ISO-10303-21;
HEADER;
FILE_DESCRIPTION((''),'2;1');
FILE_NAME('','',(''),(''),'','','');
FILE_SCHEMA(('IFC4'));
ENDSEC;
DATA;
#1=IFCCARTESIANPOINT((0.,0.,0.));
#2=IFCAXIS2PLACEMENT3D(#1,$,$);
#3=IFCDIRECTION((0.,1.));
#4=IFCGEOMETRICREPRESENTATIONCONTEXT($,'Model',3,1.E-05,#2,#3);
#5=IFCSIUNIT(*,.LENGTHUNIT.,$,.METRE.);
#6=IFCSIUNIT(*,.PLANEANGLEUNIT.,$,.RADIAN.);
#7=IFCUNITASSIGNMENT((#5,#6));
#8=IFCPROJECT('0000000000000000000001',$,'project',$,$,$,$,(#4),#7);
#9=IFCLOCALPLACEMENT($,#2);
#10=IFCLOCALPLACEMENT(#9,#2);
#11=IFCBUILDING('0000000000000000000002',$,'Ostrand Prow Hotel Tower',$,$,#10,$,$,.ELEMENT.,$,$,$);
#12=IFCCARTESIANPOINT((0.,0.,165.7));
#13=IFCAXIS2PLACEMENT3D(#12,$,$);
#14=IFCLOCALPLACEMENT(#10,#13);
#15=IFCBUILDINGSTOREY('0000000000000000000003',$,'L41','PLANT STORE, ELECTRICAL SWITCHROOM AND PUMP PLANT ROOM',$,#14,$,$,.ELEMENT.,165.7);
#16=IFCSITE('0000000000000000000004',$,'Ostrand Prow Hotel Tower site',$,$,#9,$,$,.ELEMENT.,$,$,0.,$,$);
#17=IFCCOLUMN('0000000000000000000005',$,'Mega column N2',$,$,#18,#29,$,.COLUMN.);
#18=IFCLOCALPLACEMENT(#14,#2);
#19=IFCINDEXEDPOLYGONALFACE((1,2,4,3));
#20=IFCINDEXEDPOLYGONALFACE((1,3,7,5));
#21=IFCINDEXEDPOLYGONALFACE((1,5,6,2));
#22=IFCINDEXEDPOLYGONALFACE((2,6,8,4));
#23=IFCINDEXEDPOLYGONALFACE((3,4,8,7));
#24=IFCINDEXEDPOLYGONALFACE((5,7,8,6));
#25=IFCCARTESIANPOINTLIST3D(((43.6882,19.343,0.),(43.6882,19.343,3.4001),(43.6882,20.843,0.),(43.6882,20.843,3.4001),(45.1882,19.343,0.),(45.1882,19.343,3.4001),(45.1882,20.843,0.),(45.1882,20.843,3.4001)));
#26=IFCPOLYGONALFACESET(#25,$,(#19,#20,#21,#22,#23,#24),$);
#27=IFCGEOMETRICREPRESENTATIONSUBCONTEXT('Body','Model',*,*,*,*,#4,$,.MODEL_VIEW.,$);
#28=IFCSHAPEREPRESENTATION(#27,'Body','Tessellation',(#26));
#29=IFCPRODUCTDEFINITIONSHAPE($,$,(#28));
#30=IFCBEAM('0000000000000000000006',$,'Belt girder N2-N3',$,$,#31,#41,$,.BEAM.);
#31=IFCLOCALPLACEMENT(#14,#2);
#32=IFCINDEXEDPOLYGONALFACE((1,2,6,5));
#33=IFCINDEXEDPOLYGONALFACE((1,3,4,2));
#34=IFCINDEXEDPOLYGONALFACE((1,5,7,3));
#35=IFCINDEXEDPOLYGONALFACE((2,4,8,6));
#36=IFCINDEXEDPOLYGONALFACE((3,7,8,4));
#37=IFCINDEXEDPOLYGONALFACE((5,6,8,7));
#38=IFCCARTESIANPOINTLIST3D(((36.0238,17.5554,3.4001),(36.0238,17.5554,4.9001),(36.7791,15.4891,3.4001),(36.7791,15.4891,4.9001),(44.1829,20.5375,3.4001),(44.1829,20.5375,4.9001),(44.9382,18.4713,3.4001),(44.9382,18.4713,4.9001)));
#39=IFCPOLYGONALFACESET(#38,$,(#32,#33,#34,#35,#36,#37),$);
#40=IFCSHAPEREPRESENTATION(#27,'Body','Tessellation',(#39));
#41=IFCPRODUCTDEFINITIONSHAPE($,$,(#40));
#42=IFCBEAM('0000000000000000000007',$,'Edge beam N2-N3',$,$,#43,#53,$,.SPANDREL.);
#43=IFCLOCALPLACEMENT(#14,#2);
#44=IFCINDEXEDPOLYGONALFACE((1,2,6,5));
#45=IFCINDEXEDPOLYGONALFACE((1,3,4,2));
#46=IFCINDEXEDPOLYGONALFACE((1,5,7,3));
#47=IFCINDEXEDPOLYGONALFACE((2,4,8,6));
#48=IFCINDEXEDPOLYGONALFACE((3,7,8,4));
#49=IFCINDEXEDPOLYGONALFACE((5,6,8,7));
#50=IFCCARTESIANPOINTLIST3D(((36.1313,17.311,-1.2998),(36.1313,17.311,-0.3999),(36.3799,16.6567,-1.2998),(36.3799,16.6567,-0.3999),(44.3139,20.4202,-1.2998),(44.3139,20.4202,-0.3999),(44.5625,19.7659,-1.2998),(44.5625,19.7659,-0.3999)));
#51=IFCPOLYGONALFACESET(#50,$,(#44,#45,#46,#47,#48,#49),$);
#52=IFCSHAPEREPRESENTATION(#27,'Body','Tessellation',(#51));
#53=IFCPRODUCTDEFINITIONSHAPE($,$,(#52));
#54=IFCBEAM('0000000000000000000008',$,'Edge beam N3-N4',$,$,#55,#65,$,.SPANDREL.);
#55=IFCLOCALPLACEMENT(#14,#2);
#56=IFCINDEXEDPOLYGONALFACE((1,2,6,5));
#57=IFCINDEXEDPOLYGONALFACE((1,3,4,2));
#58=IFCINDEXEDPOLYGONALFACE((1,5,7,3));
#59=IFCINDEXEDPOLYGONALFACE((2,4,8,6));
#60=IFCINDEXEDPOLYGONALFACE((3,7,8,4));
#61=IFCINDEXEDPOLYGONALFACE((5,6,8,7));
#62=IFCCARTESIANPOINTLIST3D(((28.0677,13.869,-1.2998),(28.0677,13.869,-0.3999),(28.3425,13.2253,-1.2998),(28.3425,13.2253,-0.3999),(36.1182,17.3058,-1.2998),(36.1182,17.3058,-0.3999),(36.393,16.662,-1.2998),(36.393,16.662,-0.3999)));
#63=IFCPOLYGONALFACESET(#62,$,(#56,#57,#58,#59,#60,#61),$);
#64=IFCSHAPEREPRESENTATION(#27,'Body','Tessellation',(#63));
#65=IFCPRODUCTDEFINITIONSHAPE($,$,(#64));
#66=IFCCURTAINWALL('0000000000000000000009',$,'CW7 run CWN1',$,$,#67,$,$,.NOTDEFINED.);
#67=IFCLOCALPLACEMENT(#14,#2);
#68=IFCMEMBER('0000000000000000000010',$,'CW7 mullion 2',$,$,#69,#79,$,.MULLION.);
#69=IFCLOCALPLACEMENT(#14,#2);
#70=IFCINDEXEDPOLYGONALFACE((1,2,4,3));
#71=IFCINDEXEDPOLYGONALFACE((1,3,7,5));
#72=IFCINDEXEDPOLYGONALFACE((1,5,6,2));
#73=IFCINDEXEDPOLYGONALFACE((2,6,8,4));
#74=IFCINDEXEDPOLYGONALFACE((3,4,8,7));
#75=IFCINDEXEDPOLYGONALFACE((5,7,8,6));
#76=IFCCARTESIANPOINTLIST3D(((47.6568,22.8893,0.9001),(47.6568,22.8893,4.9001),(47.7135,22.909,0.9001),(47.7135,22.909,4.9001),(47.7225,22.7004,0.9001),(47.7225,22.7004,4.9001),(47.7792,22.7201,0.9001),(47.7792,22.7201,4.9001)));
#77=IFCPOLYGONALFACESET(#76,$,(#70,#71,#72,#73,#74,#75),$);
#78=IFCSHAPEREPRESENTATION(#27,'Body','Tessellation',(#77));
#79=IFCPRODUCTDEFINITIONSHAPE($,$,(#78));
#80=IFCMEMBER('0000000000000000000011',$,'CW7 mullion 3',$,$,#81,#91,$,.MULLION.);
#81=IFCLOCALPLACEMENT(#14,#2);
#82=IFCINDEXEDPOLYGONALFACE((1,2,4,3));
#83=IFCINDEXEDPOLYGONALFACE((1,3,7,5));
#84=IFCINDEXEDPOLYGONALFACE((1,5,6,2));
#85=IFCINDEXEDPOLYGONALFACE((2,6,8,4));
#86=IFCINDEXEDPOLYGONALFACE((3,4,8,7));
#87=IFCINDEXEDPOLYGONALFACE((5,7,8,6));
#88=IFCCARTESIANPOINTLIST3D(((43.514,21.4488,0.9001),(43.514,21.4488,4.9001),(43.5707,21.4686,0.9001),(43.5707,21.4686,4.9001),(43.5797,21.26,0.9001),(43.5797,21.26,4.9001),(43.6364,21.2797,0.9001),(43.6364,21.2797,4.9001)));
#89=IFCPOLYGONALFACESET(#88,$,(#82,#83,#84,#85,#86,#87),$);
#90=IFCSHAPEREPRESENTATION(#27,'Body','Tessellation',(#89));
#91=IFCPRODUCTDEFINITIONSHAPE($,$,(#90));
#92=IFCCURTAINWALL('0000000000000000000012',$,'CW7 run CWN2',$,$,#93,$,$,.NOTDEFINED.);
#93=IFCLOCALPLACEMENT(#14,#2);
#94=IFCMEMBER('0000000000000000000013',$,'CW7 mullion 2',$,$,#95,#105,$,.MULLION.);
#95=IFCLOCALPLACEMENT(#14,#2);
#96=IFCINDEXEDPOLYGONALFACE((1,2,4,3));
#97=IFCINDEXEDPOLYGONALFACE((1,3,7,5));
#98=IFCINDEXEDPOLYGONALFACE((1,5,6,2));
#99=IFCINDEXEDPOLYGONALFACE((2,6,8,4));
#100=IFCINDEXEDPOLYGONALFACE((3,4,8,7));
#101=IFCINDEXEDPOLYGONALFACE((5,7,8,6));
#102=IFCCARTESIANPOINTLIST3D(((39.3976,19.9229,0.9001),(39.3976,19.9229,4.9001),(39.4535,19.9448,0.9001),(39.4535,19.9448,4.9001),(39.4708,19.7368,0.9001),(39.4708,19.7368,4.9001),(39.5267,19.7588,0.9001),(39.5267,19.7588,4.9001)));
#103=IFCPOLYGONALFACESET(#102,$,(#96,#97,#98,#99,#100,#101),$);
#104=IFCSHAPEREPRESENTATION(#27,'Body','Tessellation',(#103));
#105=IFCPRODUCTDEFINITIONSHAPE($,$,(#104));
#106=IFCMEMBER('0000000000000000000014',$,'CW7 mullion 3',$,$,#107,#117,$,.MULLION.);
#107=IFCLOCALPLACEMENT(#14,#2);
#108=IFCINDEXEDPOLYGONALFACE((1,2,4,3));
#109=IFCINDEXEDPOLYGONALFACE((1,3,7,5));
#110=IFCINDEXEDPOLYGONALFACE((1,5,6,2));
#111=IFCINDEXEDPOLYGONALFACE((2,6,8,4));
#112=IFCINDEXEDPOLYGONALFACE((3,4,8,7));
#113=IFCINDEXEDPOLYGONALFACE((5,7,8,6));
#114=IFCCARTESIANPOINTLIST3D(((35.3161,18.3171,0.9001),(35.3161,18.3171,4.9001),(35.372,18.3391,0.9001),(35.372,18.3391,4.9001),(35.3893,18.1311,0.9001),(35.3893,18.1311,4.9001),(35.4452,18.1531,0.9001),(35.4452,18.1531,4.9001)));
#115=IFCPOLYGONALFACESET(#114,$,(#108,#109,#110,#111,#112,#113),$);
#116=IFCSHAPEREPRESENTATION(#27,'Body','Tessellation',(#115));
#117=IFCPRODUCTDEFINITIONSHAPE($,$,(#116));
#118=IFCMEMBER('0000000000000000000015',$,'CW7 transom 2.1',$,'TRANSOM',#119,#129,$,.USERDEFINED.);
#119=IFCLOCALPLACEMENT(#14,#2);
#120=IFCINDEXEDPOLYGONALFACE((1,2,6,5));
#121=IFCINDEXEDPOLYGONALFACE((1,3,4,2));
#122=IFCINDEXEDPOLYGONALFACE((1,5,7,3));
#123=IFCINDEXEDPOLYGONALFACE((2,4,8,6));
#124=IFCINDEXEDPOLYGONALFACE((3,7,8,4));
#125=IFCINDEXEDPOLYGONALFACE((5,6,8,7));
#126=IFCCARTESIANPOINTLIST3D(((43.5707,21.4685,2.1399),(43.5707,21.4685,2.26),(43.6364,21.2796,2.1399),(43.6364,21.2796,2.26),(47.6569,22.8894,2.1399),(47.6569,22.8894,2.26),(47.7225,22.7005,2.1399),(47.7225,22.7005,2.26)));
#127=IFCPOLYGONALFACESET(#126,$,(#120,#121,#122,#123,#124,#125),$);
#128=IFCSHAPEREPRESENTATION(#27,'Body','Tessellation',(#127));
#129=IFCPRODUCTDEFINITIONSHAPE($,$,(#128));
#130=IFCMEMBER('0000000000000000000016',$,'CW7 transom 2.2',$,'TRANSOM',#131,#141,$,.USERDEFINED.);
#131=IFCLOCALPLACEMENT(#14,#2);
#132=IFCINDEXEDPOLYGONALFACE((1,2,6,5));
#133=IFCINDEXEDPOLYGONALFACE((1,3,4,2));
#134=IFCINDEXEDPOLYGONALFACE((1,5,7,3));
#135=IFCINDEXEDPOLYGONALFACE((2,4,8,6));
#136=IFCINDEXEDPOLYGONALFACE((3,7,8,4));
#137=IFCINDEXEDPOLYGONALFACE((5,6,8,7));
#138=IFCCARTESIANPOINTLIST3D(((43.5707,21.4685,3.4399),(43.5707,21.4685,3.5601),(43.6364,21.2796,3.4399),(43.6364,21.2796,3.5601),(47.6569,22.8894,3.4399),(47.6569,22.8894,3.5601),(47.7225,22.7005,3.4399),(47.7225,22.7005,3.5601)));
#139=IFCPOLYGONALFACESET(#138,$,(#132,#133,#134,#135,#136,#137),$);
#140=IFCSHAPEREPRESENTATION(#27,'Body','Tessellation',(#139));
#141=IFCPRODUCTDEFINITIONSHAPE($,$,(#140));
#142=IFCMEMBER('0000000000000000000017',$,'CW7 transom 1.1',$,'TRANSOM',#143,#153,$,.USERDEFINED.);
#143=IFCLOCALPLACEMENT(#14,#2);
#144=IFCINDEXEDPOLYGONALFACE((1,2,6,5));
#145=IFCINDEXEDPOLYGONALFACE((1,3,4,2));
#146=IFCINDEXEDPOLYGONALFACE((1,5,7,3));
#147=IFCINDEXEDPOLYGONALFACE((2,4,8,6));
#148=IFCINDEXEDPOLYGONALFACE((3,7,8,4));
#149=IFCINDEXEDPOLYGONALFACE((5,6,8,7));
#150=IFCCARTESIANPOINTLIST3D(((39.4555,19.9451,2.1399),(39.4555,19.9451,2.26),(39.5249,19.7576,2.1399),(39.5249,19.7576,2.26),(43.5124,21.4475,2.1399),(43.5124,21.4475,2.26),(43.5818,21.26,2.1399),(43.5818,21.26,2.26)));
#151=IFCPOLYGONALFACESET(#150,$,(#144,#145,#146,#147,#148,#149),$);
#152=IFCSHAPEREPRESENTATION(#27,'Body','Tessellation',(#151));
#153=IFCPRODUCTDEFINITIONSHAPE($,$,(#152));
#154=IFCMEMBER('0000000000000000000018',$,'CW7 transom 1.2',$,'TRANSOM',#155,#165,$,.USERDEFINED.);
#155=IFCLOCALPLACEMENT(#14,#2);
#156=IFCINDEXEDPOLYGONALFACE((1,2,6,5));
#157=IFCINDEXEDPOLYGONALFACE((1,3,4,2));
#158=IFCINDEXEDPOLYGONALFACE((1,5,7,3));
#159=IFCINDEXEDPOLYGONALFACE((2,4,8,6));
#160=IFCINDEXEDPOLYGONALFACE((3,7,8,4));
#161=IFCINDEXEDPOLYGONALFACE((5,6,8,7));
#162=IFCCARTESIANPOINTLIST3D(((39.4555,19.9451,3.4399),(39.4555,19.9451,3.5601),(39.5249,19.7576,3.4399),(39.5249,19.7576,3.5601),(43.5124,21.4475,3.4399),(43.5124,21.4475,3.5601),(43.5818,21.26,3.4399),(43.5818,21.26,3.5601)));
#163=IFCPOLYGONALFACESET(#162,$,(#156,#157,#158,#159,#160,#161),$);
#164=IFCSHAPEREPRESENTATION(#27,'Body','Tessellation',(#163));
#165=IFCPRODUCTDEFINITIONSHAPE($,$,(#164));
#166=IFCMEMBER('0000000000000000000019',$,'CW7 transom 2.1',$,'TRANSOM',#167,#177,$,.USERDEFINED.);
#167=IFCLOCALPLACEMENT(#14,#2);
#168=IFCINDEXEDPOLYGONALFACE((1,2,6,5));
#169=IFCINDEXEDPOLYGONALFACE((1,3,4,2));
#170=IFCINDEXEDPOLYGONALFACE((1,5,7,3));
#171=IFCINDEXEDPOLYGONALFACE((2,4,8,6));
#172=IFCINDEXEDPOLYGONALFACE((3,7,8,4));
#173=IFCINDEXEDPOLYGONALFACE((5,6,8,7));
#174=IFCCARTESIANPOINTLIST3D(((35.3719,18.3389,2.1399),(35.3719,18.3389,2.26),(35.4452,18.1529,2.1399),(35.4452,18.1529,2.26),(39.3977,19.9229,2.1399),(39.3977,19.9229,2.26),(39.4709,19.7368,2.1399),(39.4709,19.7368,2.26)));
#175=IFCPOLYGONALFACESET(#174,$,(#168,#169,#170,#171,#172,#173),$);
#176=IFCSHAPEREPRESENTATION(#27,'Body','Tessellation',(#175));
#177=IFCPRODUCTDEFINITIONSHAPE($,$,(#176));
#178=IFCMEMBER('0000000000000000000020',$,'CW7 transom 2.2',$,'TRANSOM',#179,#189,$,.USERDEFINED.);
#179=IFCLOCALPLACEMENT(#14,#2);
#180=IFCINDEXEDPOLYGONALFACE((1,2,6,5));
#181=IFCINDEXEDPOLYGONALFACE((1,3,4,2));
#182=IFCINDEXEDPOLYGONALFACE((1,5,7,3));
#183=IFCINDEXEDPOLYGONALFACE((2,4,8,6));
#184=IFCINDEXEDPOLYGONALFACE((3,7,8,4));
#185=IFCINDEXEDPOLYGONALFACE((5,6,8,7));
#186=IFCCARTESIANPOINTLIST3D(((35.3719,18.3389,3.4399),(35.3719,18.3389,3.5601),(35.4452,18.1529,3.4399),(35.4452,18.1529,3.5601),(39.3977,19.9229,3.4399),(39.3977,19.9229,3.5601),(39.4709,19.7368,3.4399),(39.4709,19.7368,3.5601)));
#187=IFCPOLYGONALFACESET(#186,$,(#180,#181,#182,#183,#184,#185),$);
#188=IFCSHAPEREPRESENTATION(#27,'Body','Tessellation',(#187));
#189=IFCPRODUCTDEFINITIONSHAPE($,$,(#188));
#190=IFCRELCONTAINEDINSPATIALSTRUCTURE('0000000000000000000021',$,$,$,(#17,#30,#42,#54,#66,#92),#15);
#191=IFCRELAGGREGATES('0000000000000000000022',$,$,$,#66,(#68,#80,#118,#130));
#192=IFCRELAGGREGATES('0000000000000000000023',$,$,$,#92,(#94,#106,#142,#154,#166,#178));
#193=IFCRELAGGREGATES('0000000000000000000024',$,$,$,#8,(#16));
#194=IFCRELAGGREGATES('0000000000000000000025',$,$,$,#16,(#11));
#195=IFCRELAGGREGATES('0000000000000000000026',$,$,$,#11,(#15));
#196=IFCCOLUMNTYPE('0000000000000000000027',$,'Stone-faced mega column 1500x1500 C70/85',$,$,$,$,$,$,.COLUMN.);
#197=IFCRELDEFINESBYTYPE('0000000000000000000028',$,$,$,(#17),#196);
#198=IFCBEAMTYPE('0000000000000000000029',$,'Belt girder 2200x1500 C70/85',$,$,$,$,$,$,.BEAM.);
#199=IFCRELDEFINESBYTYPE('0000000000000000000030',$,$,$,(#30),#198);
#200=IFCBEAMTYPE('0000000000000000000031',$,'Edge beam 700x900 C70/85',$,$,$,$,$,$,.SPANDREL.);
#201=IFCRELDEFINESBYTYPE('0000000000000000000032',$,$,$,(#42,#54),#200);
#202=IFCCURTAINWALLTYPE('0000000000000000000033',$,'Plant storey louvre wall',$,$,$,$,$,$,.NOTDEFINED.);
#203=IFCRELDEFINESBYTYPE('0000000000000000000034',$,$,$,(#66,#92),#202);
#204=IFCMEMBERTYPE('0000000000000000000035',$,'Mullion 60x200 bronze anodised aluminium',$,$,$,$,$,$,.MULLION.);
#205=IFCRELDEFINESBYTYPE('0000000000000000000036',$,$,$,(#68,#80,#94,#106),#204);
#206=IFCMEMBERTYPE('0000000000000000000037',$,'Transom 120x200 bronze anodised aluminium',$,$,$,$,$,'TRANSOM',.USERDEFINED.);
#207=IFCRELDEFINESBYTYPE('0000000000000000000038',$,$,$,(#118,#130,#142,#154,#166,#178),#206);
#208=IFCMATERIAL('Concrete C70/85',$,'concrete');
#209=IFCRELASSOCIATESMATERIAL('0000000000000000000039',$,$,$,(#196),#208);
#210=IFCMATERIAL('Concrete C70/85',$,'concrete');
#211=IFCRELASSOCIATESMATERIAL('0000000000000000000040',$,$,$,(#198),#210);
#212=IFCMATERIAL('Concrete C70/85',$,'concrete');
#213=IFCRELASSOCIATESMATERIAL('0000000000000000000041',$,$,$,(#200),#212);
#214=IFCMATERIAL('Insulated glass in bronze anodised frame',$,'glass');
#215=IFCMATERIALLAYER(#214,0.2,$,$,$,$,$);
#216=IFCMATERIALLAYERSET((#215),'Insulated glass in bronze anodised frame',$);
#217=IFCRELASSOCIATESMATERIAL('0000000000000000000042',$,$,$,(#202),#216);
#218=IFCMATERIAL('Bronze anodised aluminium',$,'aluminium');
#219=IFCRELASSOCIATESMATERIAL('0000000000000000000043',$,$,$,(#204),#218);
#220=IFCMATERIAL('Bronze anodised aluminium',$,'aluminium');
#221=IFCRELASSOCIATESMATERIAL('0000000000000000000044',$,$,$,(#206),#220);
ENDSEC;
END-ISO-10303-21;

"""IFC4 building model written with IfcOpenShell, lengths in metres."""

from ifc_helpers import new_model, si_unit, direction, frame, origin, origin_2d, place, context, subcontext, project, spatial, rectangle, extrude, material, layer, layer_set, material_profile, profile_set, type_object, element, aggregate, save


model = new_model("IFC4")

# Units and contexts
model_context = context("Model", 3, precision=1e-05, world=origin(), true_north=direction((0.0, 1.0)))
body_context = subcontext(model_context, "Body", "Model", "MODEL_VIEW")
ifc_project = project(units=[si_unit("LENGTHUNIT", "METRE"), si_unit("PLANEANGLEUNIT", "RADIAN")], contexts=[model_context])

# Site, building, storey
site_placement = place(None, origin())
site = spatial("IfcSite", under=ifc_project, at=site_placement, Name="Ostrand Prow Hotel Tower site", CompositionType="ELEMENT", RefElevation=0.0)
building_placement = place(site_placement, origin())
building = spatial("IfcBuilding", under=site, at=building_placement, Name="Ostrand Prow Hotel Tower", CompositionType="ELEMENT")
storey_placement = place(building_placement, frame((0.0, 0.0, 165.7)))
storey = spatial("IfcBuildingStorey", under=building, at=storey_placement, Name="L41", Description="PLANT STORE, ELECTRICAL SWITCHROOM AND PUMP PLANT ROOM", CompositionType="ELEMENT", Elevation=165.7)

# Column
ifc_material_1 = material(Name="Concrete C70/85", Category="concrete")
ifc_material_profile_1 = material_profile(ifc_material_1, rectangle(XDim=1.5, YDim=1.5, at=origin_2d()), Name="RC 1500x1500")
ifc_profile_set_1 = profile_set([ifc_material_profile_1], Name="Concrete C70/85")
column_type = type_object("IfcColumnType", Name="Stone-faced mega column 1500x1500 C70/85", PredefinedType="COLUMN", material=ifc_profile_set_1)
column_placement = place(storey_placement, frame((44.4382, 20.093, 0.0), z_axis=(0.0, 0.0, 1.0), x_axis=(1.0, 0.0, 0.0)))
element("IfcColumn", 1, at=column_placement, inside=storey, type_object=column_type, Name="Mega column N2", PredefinedType="COLUMN", context=body_context, shape_type="SweptSolid", body=[
    extrude(rectangle(XDim=1.5, YDim=1.5, at=origin_2d()), origin(), (0.0, 0.0, 1.0), 3.4001),
])

# Beams
ifc_material_2 = material(Name="Concrete C70/85", Category="concrete")
ifc_material_profile_2 = material_profile(ifc_material_2, rectangle(XDim=2.2, YDim=1.5, at=origin_2d()), Name="RC 2200x1500")
ifc_profile_set_2 = profile_set([ifc_material_profile_2], Name="Concrete C70/85")
beam_type_1 = type_object("IfcBeamType", Name="Belt girder 2200x1500 C70/85", PredefinedType="BEAM", material=ifc_profile_set_2)
beam_placement = place(storey_placement, frame((44.5605, 19.5044, 4.1501), z_axis=(-0.93923, -0.343288, 0.0), x_axis=(0.343288, -0.93923, 0.0)))
element("IfcBeam", 2, at=beam_placement, inside=storey, type_object=beam_type_1, Name="Belt girder N2-N3", PredefinedType="BEAM", context=body_context, shape_type="SweptSolid", body=[
    extrude(rectangle(XDim=2.2, YDim=1.5, at=origin_2d()), origin(), (0.0, 0.0, 1.0), 8.687),
])
ifc_material_3 = material(Name="Concrete C70/85", Category="concrete")
ifc_material_profile_3 = material_profile(ifc_material_3, rectangle(XDim=0.7, YDim=0.8999, at=origin_2d()), Name="RC 700x900")
ifc_profile_set_3 = profile_set([ifc_material_profile_3], Name="Concrete C70/85")
beam_type_2 = type_object("IfcBeamType", Name="Edge beam 700x900 C70/85", PredefinedType="SPANDREL", material=ifc_profile_set_3)
for number, where, z_axis, x_axis, name in (
    (3, (44.4382, 20.093, -0.8499), (-0.934794, -0.355191, 0.0), (0.355191, -0.934794, 0.0), "Edge beam N2-N3"),
    (4, (36.2556, 16.9839, -0.8499), (-0.919701, -0.39262, 0.0), (0.39262, -0.919701, 0.0), "Edge beam N3-N4"),
):
    element("IfcBeam", number, at=place(storey_placement, frame(where, z_axis=z_axis, x_axis=x_axis)), inside=storey, type_object=beam_type_2, Name=name, PredefinedType="SPANDREL", context=body_context, shape_type="SweptSolid", body=[
        extrude(rectangle(XDim=0.7, YDim=0.8999, at=origin_2d()), origin(), (0.0, 0.0, 1.0), 8.7534),
    ])

# Curtain walls, members
ifc_material_4 = material(Name="Insulated glass in bronze anodised frame", Category="glass")
ifc_layer_1 = layer(ifc_material_4, 0.2)
ifc_layer_set_1 = layer_set([ifc_layer_1], Name="Insulated glass in bronze anodised frame")
curtain_wall_type = type_object("IfcCurtainWallType", Name="Plant storey louvre wall", PredefinedType="NOTDEFINED", material=ifc_layer_set_1)
curtain_wall_1_placement = place(storey_placement, origin())
curtain_wall_1 = element("IfcCurtainWall", 5, at=curtain_wall_1_placement, inside=storey, type_object=curtain_wall_type, Name="CW7 run CWN1", PredefinedType="NOTDEFINED")
ifc_material_5 = material(Name="Bronze anodised aluminium", Category="aluminium")
ifc_material_profile_4 = material_profile(ifc_material_5, rectangle(XDim=0.2, YDim=0.0601, at=origin_2d()), Name="Mullion 60x200 bronze anodised aluminium")
ifc_profile_set_4 = profile_set([ifc_material_profile_4], Name="Bronze anodised aluminium")
member_type_1 = type_object("IfcMemberType", Name="Mullion 60x200 bronze anodised aluminium", PredefinedType="MULLION", material=ifc_profile_set_4)
member_1_placement = place(storey_placement, frame((47.718, 22.8047, 0.9001), z_axis=(0.0, 0.0, 1.0), x_axis=(0.328428, -0.944529, 0.0)))
member_1 = element("IfcMember", 6, at=member_1_placement, type_object=member_type_1, Name="CW7 mullion 2", PredefinedType="MULLION", context=body_context, shape_type="SweptSolid", body=[
    extrude(rectangle(XDim=0.2, YDim=0.0601, at=origin_2d()), origin(), (0.0, 0.0, 1.0), 4.0),
])
member_2_placement = place(storey_placement, frame((43.5752, 21.3643, 0.9001), z_axis=(0.0, 0.0, 1.0), x_axis=(0.328428, -0.944529, 0.0)))
member_2 = element("IfcMember", 7, at=member_2_placement, type_object=member_type_1, Name="CW7 mullion 3", PredefinedType="MULLION", context=body_context, shape_type="SweptSolid", body=[
    extrude(rectangle(XDim=0.2, YDim=0.0601, at=origin_2d()), origin(), (0.0, 0.0, 1.0), 4.0),
])
curtain_wall_2_placement = place(storey_placement, origin())
curtain_wall_2 = element("IfcCurtainWall", 8, at=curtain_wall_2_placement, inside=storey, type_object=curtain_wall_type, Name="CW7 run CWN2", PredefinedType="NOTDEFINED")
member_3_placement = place(storey_placement, frame((39.4622, 19.8408, 0.9001), z_axis=(0.0, 0.0, 1.0), x_axis=(0.366116, -0.930569, 0.0)))
member_3 = element("IfcMember", 9, at=member_3_placement, type_object=member_type_1, Name="CW7 mullion 2", PredefinedType="MULLION", context=body_context, shape_type="SweptSolid", body=[
    extrude(rectangle(XDim=0.2, YDim=0.0601, at=origin_2d()), origin(), (0.0, 0.0, 1.0), 4.0),
])
member_4_placement = place(storey_placement, frame((35.3806, 18.2351, 0.9001), z_axis=(0.0, 0.0, 1.0), x_axis=(0.366116, -0.930569, 0.0)))
member_4 = element("IfcMember", 10, at=member_4_placement, type_object=member_type_1, Name="CW7 mullion 3", PredefinedType="MULLION", context=body_context, shape_type="SweptSolid", body=[
    extrude(rectangle(XDim=0.2, YDim=0.0601, at=origin_2d()), origin(), (0.0, 0.0, 1.0), 4.0),
])

# Members
ifc_material_6 = material(Name="Bronze anodised aluminium", Category="aluminium")
ifc_material_profile_5 = material_profile(ifc_material_6, rectangle(XDim=0.2, YDim=0.1201, at=origin_2d()), Name="Transom 120x200 bronze anodised aluminium")
ifc_profile_set_5 = profile_set([ifc_material_profile_5], Name="Bronze anodised aluminium")
member_type_2 = type_object("IfcMemberType", Name="Transom 120x200 bronze anodised aluminium", ElementType="TRANSOM", PredefinedType="USERDEFINED", material=ifc_profile_set_5)
member_5_placement = place(storey_placement, frame((47.6897, 22.7949, 2.2), z_axis=(-0.944524, -0.328442, 0.0), x_axis=(0.328442, -0.944524, 0.0)))
member_5 = element("IfcMember", 11, at=member_5_placement, type_object=member_type_2, Name="CW7 transom 2.1", ObjectType="TRANSOM", PredefinedType="USERDEFINED", context=body_context, shape_type="SweptSolid", body=[
    extrude(rectangle(XDim=0.2, YDim=0.1201, at=origin_2d()), origin(), (0.0, 0.0, 1.0), 4.3262),
])
member_6_placement = place(storey_placement, frame((47.6897, 22.7949, 3.5), z_axis=(-0.944524, -0.328442, 0.0), x_axis=(0.328442, -0.944524, 0.0)))
member_6 = element("IfcMember", 12, at=member_6_placement, type_object=member_type_2, Name="CW7 transom 2.2", ObjectType="TRANSOM", PredefinedType="USERDEFINED", context=body_context, shape_type="SweptSolid", body=[
    extrude(rectangle(XDim=0.2, YDim=0.1201, at=origin_2d()), origin(), (0.0, 0.0, 1.0), 4.3262),
])
member_7_placement = place(storey_placement, frame((43.5471, 21.3538, 2.2), z_axis=(-0.937757, -0.347292, 0.0), x_axis=(0.347292, -0.937757, 0.0)))
member_7 = element("IfcMember", 13, at=member_7_placement, type_object=member_type_2, Name="CW7 transom 1.1", ObjectType="TRANSOM", PredefinedType="USERDEFINED", context=body_context, shape_type="SweptSolid", body=[
    extrude(rectangle(XDim=0.2, YDim=0.1201, at=origin_2d()), origin(), (0.0, 0.0, 1.0), 4.3262),
])
member_8_placement = place(storey_placement, frame((43.5471, 21.3538, 3.5), z_axis=(-0.937757, -0.347292, 0.0), x_axis=(0.347292, -0.937757, 0.0)))
member_8 = element("IfcMember", 14, at=member_8_placement, type_object=member_type_2, Name="CW7 transom 1.2", ObjectType="TRANSOM", PredefinedType="USERDEFINED", context=body_context, shape_type="SweptSolid", body=[
    extrude(rectangle(XDim=0.2, YDim=0.1201, at=origin_2d()), origin(), (0.0, 0.0, 1.0), 4.3262),
])
member_9_placement = place(storey_placement, frame((39.4343, 19.8298, 2.2), z_axis=(-0.930563, -0.366131, 0.0), x_axis=(0.366131, -0.930563, 0.0)))
member_9 = element("IfcMember", 15, at=member_9_placement, type_object=member_type_2, Name="CW7 transom 2.1", ObjectType="TRANSOM", PredefinedType="USERDEFINED", context=body_context, shape_type="SweptSolid", body=[
    extrude(rectangle(XDim=0.2, YDim=0.1201, at=origin_2d()), origin(), (0.0, 0.0, 1.0), 4.3262),
])
member_10_placement = place(storey_placement, frame((39.4343, 19.8298, 3.5), z_axis=(-0.930563, -0.366131, 0.0), x_axis=(0.366131, -0.930563, 0.0)))
member_10 = element("IfcMember", 16, at=member_10_placement, type_object=member_type_2, Name="CW7 transom 2.2", ObjectType="TRANSOM", PredefinedType="USERDEFINED", context=body_context, shape_type="SweptSolid", body=[
    extrude(rectangle(XDim=0.2, YDim=0.1201, at=origin_2d()), origin(), (0.0, 0.0, 1.0), 4.3262),
])

aggregate(curtain_wall_1, [member_1, member_2, member_5, member_6])
aggregate(curtain_wall_2, [member_3, member_4, member_7, member_8, member_9, member_10])

save(model, "model.ifc")
